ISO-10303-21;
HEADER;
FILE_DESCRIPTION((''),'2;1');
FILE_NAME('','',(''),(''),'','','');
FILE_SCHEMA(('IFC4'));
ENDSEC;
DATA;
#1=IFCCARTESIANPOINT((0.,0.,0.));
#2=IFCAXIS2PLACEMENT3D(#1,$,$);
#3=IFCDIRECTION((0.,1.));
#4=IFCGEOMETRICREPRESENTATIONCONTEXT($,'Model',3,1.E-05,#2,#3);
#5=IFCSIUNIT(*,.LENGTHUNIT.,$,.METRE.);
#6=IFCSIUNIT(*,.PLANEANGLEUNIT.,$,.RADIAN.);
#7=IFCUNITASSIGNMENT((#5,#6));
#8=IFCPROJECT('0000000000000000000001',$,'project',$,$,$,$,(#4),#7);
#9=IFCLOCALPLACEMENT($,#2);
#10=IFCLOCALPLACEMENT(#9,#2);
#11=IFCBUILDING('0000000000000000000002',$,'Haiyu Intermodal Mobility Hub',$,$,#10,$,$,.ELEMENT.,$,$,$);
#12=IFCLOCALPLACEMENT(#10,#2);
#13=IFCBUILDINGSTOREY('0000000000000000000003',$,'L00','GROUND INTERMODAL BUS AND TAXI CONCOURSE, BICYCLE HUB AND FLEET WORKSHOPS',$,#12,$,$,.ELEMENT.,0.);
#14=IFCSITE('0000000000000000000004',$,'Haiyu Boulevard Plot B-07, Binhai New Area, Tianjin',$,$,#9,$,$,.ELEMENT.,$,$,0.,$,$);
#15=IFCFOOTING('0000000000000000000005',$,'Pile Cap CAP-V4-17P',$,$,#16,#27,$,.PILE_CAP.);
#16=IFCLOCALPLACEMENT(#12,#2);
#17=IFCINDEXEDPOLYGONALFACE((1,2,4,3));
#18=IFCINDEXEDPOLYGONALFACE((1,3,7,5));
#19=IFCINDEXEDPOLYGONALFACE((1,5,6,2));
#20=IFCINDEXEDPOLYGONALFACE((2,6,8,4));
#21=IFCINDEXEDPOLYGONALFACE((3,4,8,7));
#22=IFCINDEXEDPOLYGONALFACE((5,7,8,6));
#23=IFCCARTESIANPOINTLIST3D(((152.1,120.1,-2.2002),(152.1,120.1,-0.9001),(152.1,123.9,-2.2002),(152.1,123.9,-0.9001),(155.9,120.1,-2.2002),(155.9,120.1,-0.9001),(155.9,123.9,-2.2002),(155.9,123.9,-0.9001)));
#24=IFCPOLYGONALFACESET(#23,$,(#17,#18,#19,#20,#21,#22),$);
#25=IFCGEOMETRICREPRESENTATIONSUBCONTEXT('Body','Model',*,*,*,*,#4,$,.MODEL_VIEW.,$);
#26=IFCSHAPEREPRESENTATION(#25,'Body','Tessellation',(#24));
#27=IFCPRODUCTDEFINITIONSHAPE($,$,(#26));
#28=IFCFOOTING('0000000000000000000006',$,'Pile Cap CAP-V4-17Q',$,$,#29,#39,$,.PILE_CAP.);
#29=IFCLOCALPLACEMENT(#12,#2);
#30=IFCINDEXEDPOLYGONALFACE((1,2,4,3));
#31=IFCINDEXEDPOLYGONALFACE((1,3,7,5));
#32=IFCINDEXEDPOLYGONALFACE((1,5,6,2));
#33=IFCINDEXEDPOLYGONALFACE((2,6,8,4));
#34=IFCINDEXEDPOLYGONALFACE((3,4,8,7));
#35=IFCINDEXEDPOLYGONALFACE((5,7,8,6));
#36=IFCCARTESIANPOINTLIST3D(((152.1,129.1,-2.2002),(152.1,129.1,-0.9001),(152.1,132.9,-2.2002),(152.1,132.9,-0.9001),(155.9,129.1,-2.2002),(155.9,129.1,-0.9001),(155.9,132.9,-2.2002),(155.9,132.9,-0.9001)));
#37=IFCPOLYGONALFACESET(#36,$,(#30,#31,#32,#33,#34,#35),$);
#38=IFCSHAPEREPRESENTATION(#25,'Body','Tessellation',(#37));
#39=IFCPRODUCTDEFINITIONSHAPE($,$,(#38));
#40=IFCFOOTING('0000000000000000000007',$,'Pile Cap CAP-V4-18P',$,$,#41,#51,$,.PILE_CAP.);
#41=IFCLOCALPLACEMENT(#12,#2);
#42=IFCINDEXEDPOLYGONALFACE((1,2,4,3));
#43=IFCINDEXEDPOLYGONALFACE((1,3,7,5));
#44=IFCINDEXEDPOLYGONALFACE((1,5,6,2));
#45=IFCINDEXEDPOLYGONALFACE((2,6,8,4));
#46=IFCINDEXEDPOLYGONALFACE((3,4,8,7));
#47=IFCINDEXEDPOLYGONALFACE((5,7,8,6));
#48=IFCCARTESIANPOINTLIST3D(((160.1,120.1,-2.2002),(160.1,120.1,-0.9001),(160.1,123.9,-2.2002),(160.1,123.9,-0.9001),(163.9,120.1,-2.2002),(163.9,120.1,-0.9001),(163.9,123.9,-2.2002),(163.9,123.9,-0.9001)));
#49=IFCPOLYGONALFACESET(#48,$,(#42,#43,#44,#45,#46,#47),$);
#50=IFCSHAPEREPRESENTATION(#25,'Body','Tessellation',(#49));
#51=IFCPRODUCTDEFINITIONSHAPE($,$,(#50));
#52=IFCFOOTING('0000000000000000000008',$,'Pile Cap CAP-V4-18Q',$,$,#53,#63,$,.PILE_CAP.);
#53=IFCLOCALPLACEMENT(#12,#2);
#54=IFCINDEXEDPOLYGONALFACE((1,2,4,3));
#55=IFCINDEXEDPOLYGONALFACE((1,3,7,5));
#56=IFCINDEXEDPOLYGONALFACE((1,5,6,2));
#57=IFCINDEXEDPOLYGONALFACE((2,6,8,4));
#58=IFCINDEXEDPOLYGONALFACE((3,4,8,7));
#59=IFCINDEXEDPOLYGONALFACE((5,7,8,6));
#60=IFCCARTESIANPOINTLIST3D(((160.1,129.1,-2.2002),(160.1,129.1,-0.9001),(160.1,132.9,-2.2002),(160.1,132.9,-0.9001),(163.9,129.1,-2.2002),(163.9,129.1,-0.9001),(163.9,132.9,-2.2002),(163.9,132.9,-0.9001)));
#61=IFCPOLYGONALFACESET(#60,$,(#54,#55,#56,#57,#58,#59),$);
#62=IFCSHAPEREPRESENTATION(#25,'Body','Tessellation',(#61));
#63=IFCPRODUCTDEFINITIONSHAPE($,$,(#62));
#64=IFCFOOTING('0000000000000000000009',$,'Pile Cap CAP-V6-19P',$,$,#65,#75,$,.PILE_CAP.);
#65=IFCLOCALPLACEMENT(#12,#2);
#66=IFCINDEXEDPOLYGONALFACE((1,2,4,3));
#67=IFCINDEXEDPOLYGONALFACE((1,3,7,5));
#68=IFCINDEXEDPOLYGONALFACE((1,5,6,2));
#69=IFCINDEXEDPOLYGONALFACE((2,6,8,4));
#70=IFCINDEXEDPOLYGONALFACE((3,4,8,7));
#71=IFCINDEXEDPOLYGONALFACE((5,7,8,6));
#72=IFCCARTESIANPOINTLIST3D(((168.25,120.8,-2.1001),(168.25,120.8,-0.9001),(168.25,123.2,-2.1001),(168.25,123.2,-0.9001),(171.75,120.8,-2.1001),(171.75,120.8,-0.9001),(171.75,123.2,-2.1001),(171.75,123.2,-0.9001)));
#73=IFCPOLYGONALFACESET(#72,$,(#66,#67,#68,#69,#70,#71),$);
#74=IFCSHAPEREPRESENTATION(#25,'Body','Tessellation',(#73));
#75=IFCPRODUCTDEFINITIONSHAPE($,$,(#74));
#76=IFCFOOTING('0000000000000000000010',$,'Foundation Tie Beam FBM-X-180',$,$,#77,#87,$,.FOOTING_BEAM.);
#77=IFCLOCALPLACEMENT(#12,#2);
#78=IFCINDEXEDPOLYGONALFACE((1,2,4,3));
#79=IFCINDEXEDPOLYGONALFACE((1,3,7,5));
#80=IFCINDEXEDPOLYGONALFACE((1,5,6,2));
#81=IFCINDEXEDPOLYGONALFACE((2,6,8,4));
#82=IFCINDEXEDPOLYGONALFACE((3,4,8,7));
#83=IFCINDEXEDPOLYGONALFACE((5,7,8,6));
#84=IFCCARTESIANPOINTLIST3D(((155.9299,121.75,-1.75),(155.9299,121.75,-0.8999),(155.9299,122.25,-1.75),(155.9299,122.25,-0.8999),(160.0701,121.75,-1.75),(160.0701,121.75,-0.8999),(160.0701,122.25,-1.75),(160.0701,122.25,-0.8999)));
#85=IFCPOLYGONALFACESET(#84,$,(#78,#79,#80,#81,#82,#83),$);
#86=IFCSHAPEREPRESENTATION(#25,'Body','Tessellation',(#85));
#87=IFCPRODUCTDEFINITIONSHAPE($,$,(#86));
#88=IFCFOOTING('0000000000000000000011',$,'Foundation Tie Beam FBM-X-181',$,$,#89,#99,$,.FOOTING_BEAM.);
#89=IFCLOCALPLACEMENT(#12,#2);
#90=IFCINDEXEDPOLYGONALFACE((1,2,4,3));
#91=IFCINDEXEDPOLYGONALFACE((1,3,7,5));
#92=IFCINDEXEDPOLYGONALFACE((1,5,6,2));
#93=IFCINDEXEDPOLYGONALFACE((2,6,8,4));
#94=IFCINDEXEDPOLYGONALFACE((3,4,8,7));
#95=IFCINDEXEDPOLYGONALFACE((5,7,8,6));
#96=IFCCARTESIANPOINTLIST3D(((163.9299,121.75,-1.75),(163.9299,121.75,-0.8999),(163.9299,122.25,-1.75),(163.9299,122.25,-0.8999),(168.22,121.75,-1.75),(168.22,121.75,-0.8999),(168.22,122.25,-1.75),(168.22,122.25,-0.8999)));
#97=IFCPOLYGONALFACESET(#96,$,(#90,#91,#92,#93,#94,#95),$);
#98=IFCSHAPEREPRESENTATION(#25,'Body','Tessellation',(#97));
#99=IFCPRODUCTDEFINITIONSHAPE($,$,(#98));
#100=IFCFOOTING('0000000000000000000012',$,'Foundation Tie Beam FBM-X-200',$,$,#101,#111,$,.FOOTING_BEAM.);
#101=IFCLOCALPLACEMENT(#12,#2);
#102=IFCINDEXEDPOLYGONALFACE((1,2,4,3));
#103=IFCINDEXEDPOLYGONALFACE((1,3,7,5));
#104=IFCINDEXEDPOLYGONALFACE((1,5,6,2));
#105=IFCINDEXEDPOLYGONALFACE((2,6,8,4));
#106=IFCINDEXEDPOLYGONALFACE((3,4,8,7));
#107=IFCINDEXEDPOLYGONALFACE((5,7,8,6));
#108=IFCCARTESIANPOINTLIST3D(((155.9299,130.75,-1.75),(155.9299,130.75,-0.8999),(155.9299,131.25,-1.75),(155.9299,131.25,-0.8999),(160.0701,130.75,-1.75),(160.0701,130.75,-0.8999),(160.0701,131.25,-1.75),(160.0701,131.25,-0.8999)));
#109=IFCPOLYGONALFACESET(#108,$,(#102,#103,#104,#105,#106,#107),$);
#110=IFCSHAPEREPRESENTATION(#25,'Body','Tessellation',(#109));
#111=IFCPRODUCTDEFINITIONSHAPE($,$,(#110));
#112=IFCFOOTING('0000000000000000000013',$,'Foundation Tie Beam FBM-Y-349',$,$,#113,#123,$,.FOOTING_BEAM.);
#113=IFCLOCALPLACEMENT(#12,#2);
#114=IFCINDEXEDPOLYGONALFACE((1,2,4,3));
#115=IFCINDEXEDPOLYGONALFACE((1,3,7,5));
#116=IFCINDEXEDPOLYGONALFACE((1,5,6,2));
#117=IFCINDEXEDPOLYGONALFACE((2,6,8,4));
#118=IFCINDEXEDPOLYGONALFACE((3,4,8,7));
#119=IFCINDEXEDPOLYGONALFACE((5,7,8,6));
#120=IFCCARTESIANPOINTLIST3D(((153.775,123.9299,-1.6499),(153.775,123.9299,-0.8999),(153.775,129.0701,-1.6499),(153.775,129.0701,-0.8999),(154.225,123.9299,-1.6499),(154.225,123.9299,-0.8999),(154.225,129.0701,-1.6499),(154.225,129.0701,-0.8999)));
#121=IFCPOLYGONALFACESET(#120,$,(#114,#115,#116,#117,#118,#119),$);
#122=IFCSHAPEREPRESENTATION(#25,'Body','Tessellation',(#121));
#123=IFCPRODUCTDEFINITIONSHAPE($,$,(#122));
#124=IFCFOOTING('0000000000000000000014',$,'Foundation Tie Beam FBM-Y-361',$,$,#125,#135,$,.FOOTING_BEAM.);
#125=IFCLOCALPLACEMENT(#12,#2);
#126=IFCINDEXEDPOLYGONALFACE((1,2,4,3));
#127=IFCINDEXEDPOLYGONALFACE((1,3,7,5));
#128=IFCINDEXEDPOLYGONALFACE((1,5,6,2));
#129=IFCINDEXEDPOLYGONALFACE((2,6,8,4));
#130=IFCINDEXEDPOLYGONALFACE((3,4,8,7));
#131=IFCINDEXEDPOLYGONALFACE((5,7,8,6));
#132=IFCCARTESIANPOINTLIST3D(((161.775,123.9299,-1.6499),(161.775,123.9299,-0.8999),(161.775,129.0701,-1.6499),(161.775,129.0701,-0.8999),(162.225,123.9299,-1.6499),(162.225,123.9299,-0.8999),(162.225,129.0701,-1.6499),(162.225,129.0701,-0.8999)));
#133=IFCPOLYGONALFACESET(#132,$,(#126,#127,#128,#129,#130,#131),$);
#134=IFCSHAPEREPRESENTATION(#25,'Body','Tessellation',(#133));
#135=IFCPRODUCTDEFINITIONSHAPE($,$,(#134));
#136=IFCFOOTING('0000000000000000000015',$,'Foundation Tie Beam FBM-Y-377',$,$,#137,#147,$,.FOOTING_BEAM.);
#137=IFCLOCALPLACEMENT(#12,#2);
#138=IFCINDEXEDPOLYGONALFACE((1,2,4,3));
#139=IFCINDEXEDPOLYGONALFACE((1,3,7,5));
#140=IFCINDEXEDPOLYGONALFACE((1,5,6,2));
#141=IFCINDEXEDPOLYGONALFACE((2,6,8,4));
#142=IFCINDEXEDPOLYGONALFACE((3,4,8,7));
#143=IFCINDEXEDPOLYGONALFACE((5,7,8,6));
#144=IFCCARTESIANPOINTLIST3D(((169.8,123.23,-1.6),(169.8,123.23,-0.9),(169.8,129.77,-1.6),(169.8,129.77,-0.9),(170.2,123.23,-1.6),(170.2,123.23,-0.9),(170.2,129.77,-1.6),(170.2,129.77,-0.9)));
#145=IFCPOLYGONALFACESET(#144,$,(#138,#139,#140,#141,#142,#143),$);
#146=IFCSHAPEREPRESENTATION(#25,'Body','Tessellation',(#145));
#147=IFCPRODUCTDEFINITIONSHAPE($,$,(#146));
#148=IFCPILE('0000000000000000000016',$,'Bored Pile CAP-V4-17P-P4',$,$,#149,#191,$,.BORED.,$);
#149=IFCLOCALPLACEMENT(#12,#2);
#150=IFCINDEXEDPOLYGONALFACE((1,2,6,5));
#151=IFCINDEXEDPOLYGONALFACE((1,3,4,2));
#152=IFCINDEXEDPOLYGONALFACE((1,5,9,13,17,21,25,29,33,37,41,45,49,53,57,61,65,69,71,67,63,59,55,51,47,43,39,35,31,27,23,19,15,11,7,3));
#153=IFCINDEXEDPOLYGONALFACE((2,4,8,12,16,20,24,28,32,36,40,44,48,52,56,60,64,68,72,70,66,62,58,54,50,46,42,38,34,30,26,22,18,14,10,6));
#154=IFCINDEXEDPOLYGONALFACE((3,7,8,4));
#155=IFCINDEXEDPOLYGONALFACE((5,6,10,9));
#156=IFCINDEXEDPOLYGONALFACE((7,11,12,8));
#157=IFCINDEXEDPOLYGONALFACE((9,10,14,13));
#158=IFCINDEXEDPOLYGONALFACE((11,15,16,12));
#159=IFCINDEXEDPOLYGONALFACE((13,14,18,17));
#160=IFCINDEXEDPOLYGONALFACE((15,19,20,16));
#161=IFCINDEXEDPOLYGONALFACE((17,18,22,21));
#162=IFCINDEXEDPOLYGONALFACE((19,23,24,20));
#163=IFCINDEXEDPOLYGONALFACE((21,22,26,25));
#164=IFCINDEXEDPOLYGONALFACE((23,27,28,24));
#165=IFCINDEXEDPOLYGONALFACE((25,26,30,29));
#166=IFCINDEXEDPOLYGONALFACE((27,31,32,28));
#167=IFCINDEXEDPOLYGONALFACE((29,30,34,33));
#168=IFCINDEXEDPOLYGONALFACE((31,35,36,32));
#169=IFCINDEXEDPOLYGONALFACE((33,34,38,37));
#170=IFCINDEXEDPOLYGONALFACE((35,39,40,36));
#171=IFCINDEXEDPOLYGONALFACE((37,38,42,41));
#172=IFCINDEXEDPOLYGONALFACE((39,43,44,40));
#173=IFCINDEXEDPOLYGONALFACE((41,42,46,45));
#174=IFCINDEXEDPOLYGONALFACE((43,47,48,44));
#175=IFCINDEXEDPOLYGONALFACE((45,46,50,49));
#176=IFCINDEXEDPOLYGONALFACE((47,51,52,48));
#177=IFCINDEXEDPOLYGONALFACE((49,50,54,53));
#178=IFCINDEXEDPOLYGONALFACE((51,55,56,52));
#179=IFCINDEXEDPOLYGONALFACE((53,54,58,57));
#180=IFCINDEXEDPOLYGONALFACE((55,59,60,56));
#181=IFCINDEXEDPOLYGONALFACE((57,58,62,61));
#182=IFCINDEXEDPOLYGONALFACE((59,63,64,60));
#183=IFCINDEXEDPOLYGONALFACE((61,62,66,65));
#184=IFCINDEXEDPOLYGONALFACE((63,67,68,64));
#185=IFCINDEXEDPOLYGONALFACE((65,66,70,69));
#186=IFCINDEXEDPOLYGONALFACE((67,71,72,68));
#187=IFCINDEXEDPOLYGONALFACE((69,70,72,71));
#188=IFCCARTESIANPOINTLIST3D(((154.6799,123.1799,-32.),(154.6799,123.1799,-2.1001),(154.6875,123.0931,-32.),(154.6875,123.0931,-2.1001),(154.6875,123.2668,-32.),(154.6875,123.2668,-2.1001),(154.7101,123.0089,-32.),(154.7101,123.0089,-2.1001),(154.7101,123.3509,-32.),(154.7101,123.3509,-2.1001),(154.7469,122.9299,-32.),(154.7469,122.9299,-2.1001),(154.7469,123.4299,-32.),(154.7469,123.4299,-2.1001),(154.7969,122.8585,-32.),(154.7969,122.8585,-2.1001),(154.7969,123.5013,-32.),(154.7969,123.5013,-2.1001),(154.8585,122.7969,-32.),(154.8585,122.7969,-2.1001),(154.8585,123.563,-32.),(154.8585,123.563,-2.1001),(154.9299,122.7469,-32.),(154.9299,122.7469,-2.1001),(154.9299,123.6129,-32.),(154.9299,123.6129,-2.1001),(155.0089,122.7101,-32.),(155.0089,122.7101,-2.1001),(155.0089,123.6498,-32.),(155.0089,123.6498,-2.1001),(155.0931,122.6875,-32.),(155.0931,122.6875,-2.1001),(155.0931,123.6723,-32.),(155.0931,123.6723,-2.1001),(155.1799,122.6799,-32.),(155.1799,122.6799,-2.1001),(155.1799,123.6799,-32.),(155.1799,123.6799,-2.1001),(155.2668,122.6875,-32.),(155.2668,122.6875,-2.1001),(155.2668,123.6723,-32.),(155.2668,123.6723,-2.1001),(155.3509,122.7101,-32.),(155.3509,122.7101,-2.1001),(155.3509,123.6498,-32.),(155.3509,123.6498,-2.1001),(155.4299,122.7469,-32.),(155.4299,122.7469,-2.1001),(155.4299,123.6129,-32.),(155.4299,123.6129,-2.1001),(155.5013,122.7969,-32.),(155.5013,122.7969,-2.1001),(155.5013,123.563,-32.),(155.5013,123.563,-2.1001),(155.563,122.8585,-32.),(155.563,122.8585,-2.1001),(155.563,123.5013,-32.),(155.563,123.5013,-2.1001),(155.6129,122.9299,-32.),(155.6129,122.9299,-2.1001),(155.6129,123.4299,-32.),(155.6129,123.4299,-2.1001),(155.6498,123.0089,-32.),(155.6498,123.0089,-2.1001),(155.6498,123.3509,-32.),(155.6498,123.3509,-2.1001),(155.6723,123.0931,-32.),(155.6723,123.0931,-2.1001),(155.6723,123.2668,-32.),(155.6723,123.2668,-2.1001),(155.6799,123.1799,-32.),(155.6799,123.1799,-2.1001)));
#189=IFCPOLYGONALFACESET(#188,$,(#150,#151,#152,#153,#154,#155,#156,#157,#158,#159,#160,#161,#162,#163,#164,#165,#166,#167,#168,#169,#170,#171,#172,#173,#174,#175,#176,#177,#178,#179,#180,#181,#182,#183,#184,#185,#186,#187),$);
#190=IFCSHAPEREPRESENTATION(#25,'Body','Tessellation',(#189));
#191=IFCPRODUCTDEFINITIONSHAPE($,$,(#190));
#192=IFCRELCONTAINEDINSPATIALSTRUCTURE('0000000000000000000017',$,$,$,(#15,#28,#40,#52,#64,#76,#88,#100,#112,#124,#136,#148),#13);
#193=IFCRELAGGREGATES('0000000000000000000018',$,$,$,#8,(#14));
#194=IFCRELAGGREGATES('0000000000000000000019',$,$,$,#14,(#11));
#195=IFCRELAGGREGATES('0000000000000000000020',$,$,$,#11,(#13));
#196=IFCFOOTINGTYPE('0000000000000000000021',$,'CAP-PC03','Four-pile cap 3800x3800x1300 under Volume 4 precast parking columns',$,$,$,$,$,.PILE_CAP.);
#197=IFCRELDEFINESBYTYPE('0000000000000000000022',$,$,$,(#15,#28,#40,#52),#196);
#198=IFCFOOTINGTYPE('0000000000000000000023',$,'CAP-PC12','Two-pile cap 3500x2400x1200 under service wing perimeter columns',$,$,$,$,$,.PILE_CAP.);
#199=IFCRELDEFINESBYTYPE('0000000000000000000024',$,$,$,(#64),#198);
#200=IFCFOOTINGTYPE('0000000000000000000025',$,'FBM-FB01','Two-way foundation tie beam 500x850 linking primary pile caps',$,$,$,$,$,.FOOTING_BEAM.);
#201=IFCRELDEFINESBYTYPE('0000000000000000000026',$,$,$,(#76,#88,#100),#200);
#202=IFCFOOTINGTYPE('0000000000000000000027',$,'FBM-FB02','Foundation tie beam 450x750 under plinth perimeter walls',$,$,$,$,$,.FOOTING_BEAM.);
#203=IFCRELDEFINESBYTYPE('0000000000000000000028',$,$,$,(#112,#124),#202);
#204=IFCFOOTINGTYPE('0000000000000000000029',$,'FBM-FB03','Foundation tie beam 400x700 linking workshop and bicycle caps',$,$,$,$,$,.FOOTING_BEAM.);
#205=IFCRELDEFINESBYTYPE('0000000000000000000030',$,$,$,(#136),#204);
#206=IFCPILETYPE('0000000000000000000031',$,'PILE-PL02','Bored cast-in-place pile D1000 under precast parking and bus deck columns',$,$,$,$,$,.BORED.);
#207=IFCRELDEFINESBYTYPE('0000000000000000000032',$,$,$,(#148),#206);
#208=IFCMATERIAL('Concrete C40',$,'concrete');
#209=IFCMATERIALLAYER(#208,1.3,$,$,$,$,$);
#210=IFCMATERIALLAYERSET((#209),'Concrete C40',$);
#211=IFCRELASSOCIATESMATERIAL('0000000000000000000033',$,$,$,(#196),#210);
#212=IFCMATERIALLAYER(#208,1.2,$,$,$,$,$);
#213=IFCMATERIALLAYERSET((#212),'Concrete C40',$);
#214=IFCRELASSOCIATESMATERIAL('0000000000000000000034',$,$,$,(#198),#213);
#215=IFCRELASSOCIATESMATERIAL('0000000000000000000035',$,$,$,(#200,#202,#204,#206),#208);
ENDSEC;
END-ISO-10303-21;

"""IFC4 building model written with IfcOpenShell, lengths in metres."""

from ifc_helpers import new_model, si_unit, direction, frame, origin, origin_2d, place, context, subcontext, project, spatial, rectangle, circle, extrude, material, layer, layer_set, material_profile, profile_set, type_object, element, save


model = new_model("IFC4")

# Units and contexts
model_context = context("Model", 3, precision=1e-05, world=origin(), true_north=direction((0.0, 1.0)))
body_context = subcontext(model_context, "Body", "Model", "MODEL_VIEW")
ifc_project = project(units=[si_unit("LENGTHUNIT", "METRE"), si_unit("PLANEANGLEUNIT", "RADIAN")], contexts=[model_context])

# Site, building, storey
site_placement = place(None, origin())
site = spatial("IfcSite", under=ifc_project, at=site_placement, Name="Haiyu Boulevard Plot B-07, Binhai New Area, Tianjin", CompositionType="ELEMENT", RefElevation=0.0)
building_placement = place(site_placement, origin())
building = spatial("IfcBuilding", under=site, at=building_placement, Name="Haiyu Intermodal Mobility Hub", CompositionType="ELEMENT")
storey_placement = place(building_placement, origin())
storey = spatial("IfcBuildingStorey", under=building, at=storey_placement, Name="L00", Description="GROUND INTERMODAL BUS AND TAXI CONCOURSE, BICYCLE HUB AND FLEET WORKSHOPS", CompositionType="ELEMENT", Elevation=0.0)

# Footings
ifc_material_1 = material(Name="Concrete C40", Category="concrete")
ifc_layer_1 = layer(ifc_material_1, 1.3)
ifc_layer_set_1 = layer_set([ifc_layer_1], Name="Concrete C40")
footing_type_1 = type_object("IfcFootingType", Name="CAP-PC03", Description="Four-pile cap 3800x3800x1300 under Volume 4 precast parking columns", PredefinedType="PILE_CAP", material=ifc_layer_set_1)
for number, where, z_axis, x_axis, name in (
    (1, (154.0, 122.0, -2.2002), (0.0, 0.0, 1.0), (1.0, 0.0, 0.0), "Pile Cap CAP-V4-17P"),
    (2, (154.0, 131.0, -2.2002), (0.0, 0.0, 1.0), (1.0, 0.0, 0.0), "Pile Cap CAP-V4-17Q"),
    (3, (162.0, 122.0, -2.2002), (0.0, 0.0, 1.0), (1.0, 0.0, 0.0), "Pile Cap CAP-V4-18P"),
    (4, (162.0, 131.0, -2.2002), (0.0, 0.0, 1.0), (1.0, 0.0, 0.0), "Pile Cap CAP-V4-18Q"),
):
    element("IfcFooting", number, at=place(storey_placement, frame(where, z_axis=z_axis, x_axis=x_axis)), inside=storey, type_object=footing_type_1, Name=name, PredefinedType="PILE_CAP", context=body_context, shape_type="SweptSolid", body=[
        extrude(rectangle(XDim=3.8, YDim=3.8, at=origin_2d()), origin(), (0.0, 0.0, 1.0), 1.3),
    ])
ifc_layer_2 = layer(ifc_material_1, 1.2)
ifc_layer_set_2 = layer_set([ifc_layer_2], Name="Concrete C40")
footing_type_2 = type_object("IfcFootingType", Name="CAP-PC12", Description="Two-pile cap 3500x2400x1200 under service wing perimeter columns", PredefinedType="PILE_CAP", material=ifc_layer_set_2)
footing_1_placement = place(storey_placement, frame((170.0, 122.0, -2.1001), z_axis=(0.0, 0.0, 1.0), x_axis=(1.0, 0.0, 0.0)))
element("IfcFooting", 5, at=footing_1_placement, inside=storey, type_object=footing_type_2, Name="Pile Cap CAP-V6-19P", PredefinedType="PILE_CAP", context=body_context, shape_type="SweptSolid", body=[
    extrude(rectangle(XDim=3.5, YDim=2.3999, at=origin_2d()), origin(), (0.0, 0.0, 1.0), 1.2),
])
ifc_material_profile_1 = material_profile(ifc_material_1, rectangle(XDim=0.5, YDim=0.8501, at=origin_2d()), Name="FB500x850")
ifc_profile_set_1 = profile_set([ifc_material_profile_1], Name="Concrete C40")
footing_type_3 = type_object("IfcFootingType", Name="FBM-FB01", Description="Two-way foundation tie beam 500x850 linking primary pile caps", PredefinedType="FOOTING_BEAM", material=ifc_profile_set_1)
footing_2_placement = place(storey_placement, frame((155.9299, 122.0, -1.325), z_axis=(1.0, 0.0, 0.0), x_axis=(0.0, 1.0, 0.0)))
element("IfcFooting", 6, at=footing_2_placement, inside=storey, type_object=footing_type_3, Name="Foundation Tie Beam FBM-X-180", PredefinedType="FOOTING_BEAM", context=body_context, shape_type="SweptSolid", body=[
    extrude(rectangle(XDim=0.5, YDim=0.8501, at=origin_2d()), origin(), (0.0, 0.0, 1.0), 4.1401),
])
footing_3_placement = place(storey_placement, frame((163.9299, 122.0, -1.325), z_axis=(1.0, 0.0, 0.0), x_axis=(0.0, 1.0, 0.0)))
element("IfcFooting", 7, at=footing_3_placement, inside=storey, type_object=footing_type_3, Name="Foundation Tie Beam FBM-X-181", PredefinedType="FOOTING_BEAM", context=body_context, shape_type="SweptSolid", body=[
    extrude(rectangle(XDim=0.5, YDim=0.8501, at=origin_2d()), origin(), (0.0, 0.0, 1.0), 4.29),
])
footing_4_placement = place(storey_placement, frame((155.9299, 131.0, -1.325), z_axis=(1.0, 0.0, 0.0), x_axis=(0.0, 1.0, 0.0)))
element("IfcFooting", 8, at=footing_4_placement, inside=storey, type_object=footing_type_3, Name="Foundation Tie Beam FBM-X-200", PredefinedType="FOOTING_BEAM", context=body_context, shape_type="SweptSolid", body=[
    extrude(rectangle(XDim=0.5, YDim=0.8501, at=origin_2d()), origin(), (0.0, 0.0, 1.0), 4.1401),
])
ifc_material_profile_2 = material_profile(ifc_material_1, rectangle(XDim=0.45, YDim=0.75, at=origin_2d()), Name="FB450x750")
ifc_profile_set_2 = profile_set([ifc_material_profile_2], Name="Concrete C40")
footing_type_4 = type_object("IfcFootingType", Name="FBM-FB02", Description="Foundation tie beam 450x750 under plinth perimeter walls", PredefinedType="FOOTING_BEAM", material=ifc_profile_set_2)
for number, where, z_axis, x_axis, name in (
    (9, (154.0, 123.9299, -1.2749), (0.0, 1.0, 0.0), (-1.0, 0.0, 0.0), "Foundation Tie Beam FBM-Y-349"),
    (10, (162.0, 123.9299, -1.2749), (0.0, 1.0, 0.0), (-1.0, 0.0, 0.0), "Foundation Tie Beam FBM-Y-361"),
):
    element("IfcFooting", number, at=place(storey_placement, frame(where, z_axis=z_axis, x_axis=x_axis)), inside=storey, type_object=footing_type_4, Name=name, PredefinedType="FOOTING_BEAM", context=body_context, shape_type="SweptSolid", body=[
        extrude(rectangle(XDim=0.45, YDim=0.75, at=origin_2d()), origin(), (0.0, 0.0, 1.0), 5.1401),
    ])
ifc_material_profile_3 = material_profile(ifc_material_1, rectangle(XDim=0.3999, YDim=0.7, at=origin_2d()), Name="FB400x700")
ifc_profile_set_3 = profile_set([ifc_material_profile_3], Name="Concrete C40")
footing_type_5 = type_object("IfcFootingType", Name="FBM-FB03", Description="Foundation tie beam 400x700 linking workshop and bicycle caps", PredefinedType="FOOTING_BEAM", material=ifc_profile_set_3)
footing_5_placement = place(storey_placement, frame((170.0, 123.23, -1.25), z_axis=(0.0, 1.0, 0.0), x_axis=(-1.0, 0.0, 0.0)))
element("IfcFooting", 11, at=footing_5_placement, inside=storey, type_object=footing_type_5, Name="Foundation Tie Beam FBM-Y-377", PredefinedType="FOOTING_BEAM", context=body_context, shape_type="SweptSolid", body=[
    extrude(rectangle(XDim=0.3999, YDim=0.7, at=origin_2d()), origin(), (0.0, 0.0, 1.0), 6.54),
])

# Pile
ifc_material_profile_4 = material_profile(ifc_material_1, circle(Radius=0.5, at=origin_2d()), Name="PILE-D1000")
ifc_profile_set_4 = profile_set([ifc_material_profile_4], Name="Concrete C40")
pile_type_1 = type_object("IfcPileType", Name="PILE-PL02", Description="Bored cast-in-place pile D1000 under precast parking and bus deck columns", PredefinedType="BORED", material=ifc_profile_set_4)
for number, where, z_axis, x_axis, name in (
    (12, (155.1799, 123.1799, -2.1001), (0.0, 0.0, -1.0), (1.0, 0.0, 0.0), "Bored Pile CAP-V4-17P-P4"),
):
    element("IfcPile", number, at=place(storey_placement, frame(where, z_axis=z_axis, x_axis=x_axis)), inside=storey, type_object=pile_type_1, Name=name, PredefinedType="BORED", context=body_context, shape_type="SweptSolid", body=[
        extrude(circle(Radius=0.5, at=origin_2d()), origin(), (0.0, 0.0, 1.0), 29.8999),
    ])

save(model, "model.ifc")
